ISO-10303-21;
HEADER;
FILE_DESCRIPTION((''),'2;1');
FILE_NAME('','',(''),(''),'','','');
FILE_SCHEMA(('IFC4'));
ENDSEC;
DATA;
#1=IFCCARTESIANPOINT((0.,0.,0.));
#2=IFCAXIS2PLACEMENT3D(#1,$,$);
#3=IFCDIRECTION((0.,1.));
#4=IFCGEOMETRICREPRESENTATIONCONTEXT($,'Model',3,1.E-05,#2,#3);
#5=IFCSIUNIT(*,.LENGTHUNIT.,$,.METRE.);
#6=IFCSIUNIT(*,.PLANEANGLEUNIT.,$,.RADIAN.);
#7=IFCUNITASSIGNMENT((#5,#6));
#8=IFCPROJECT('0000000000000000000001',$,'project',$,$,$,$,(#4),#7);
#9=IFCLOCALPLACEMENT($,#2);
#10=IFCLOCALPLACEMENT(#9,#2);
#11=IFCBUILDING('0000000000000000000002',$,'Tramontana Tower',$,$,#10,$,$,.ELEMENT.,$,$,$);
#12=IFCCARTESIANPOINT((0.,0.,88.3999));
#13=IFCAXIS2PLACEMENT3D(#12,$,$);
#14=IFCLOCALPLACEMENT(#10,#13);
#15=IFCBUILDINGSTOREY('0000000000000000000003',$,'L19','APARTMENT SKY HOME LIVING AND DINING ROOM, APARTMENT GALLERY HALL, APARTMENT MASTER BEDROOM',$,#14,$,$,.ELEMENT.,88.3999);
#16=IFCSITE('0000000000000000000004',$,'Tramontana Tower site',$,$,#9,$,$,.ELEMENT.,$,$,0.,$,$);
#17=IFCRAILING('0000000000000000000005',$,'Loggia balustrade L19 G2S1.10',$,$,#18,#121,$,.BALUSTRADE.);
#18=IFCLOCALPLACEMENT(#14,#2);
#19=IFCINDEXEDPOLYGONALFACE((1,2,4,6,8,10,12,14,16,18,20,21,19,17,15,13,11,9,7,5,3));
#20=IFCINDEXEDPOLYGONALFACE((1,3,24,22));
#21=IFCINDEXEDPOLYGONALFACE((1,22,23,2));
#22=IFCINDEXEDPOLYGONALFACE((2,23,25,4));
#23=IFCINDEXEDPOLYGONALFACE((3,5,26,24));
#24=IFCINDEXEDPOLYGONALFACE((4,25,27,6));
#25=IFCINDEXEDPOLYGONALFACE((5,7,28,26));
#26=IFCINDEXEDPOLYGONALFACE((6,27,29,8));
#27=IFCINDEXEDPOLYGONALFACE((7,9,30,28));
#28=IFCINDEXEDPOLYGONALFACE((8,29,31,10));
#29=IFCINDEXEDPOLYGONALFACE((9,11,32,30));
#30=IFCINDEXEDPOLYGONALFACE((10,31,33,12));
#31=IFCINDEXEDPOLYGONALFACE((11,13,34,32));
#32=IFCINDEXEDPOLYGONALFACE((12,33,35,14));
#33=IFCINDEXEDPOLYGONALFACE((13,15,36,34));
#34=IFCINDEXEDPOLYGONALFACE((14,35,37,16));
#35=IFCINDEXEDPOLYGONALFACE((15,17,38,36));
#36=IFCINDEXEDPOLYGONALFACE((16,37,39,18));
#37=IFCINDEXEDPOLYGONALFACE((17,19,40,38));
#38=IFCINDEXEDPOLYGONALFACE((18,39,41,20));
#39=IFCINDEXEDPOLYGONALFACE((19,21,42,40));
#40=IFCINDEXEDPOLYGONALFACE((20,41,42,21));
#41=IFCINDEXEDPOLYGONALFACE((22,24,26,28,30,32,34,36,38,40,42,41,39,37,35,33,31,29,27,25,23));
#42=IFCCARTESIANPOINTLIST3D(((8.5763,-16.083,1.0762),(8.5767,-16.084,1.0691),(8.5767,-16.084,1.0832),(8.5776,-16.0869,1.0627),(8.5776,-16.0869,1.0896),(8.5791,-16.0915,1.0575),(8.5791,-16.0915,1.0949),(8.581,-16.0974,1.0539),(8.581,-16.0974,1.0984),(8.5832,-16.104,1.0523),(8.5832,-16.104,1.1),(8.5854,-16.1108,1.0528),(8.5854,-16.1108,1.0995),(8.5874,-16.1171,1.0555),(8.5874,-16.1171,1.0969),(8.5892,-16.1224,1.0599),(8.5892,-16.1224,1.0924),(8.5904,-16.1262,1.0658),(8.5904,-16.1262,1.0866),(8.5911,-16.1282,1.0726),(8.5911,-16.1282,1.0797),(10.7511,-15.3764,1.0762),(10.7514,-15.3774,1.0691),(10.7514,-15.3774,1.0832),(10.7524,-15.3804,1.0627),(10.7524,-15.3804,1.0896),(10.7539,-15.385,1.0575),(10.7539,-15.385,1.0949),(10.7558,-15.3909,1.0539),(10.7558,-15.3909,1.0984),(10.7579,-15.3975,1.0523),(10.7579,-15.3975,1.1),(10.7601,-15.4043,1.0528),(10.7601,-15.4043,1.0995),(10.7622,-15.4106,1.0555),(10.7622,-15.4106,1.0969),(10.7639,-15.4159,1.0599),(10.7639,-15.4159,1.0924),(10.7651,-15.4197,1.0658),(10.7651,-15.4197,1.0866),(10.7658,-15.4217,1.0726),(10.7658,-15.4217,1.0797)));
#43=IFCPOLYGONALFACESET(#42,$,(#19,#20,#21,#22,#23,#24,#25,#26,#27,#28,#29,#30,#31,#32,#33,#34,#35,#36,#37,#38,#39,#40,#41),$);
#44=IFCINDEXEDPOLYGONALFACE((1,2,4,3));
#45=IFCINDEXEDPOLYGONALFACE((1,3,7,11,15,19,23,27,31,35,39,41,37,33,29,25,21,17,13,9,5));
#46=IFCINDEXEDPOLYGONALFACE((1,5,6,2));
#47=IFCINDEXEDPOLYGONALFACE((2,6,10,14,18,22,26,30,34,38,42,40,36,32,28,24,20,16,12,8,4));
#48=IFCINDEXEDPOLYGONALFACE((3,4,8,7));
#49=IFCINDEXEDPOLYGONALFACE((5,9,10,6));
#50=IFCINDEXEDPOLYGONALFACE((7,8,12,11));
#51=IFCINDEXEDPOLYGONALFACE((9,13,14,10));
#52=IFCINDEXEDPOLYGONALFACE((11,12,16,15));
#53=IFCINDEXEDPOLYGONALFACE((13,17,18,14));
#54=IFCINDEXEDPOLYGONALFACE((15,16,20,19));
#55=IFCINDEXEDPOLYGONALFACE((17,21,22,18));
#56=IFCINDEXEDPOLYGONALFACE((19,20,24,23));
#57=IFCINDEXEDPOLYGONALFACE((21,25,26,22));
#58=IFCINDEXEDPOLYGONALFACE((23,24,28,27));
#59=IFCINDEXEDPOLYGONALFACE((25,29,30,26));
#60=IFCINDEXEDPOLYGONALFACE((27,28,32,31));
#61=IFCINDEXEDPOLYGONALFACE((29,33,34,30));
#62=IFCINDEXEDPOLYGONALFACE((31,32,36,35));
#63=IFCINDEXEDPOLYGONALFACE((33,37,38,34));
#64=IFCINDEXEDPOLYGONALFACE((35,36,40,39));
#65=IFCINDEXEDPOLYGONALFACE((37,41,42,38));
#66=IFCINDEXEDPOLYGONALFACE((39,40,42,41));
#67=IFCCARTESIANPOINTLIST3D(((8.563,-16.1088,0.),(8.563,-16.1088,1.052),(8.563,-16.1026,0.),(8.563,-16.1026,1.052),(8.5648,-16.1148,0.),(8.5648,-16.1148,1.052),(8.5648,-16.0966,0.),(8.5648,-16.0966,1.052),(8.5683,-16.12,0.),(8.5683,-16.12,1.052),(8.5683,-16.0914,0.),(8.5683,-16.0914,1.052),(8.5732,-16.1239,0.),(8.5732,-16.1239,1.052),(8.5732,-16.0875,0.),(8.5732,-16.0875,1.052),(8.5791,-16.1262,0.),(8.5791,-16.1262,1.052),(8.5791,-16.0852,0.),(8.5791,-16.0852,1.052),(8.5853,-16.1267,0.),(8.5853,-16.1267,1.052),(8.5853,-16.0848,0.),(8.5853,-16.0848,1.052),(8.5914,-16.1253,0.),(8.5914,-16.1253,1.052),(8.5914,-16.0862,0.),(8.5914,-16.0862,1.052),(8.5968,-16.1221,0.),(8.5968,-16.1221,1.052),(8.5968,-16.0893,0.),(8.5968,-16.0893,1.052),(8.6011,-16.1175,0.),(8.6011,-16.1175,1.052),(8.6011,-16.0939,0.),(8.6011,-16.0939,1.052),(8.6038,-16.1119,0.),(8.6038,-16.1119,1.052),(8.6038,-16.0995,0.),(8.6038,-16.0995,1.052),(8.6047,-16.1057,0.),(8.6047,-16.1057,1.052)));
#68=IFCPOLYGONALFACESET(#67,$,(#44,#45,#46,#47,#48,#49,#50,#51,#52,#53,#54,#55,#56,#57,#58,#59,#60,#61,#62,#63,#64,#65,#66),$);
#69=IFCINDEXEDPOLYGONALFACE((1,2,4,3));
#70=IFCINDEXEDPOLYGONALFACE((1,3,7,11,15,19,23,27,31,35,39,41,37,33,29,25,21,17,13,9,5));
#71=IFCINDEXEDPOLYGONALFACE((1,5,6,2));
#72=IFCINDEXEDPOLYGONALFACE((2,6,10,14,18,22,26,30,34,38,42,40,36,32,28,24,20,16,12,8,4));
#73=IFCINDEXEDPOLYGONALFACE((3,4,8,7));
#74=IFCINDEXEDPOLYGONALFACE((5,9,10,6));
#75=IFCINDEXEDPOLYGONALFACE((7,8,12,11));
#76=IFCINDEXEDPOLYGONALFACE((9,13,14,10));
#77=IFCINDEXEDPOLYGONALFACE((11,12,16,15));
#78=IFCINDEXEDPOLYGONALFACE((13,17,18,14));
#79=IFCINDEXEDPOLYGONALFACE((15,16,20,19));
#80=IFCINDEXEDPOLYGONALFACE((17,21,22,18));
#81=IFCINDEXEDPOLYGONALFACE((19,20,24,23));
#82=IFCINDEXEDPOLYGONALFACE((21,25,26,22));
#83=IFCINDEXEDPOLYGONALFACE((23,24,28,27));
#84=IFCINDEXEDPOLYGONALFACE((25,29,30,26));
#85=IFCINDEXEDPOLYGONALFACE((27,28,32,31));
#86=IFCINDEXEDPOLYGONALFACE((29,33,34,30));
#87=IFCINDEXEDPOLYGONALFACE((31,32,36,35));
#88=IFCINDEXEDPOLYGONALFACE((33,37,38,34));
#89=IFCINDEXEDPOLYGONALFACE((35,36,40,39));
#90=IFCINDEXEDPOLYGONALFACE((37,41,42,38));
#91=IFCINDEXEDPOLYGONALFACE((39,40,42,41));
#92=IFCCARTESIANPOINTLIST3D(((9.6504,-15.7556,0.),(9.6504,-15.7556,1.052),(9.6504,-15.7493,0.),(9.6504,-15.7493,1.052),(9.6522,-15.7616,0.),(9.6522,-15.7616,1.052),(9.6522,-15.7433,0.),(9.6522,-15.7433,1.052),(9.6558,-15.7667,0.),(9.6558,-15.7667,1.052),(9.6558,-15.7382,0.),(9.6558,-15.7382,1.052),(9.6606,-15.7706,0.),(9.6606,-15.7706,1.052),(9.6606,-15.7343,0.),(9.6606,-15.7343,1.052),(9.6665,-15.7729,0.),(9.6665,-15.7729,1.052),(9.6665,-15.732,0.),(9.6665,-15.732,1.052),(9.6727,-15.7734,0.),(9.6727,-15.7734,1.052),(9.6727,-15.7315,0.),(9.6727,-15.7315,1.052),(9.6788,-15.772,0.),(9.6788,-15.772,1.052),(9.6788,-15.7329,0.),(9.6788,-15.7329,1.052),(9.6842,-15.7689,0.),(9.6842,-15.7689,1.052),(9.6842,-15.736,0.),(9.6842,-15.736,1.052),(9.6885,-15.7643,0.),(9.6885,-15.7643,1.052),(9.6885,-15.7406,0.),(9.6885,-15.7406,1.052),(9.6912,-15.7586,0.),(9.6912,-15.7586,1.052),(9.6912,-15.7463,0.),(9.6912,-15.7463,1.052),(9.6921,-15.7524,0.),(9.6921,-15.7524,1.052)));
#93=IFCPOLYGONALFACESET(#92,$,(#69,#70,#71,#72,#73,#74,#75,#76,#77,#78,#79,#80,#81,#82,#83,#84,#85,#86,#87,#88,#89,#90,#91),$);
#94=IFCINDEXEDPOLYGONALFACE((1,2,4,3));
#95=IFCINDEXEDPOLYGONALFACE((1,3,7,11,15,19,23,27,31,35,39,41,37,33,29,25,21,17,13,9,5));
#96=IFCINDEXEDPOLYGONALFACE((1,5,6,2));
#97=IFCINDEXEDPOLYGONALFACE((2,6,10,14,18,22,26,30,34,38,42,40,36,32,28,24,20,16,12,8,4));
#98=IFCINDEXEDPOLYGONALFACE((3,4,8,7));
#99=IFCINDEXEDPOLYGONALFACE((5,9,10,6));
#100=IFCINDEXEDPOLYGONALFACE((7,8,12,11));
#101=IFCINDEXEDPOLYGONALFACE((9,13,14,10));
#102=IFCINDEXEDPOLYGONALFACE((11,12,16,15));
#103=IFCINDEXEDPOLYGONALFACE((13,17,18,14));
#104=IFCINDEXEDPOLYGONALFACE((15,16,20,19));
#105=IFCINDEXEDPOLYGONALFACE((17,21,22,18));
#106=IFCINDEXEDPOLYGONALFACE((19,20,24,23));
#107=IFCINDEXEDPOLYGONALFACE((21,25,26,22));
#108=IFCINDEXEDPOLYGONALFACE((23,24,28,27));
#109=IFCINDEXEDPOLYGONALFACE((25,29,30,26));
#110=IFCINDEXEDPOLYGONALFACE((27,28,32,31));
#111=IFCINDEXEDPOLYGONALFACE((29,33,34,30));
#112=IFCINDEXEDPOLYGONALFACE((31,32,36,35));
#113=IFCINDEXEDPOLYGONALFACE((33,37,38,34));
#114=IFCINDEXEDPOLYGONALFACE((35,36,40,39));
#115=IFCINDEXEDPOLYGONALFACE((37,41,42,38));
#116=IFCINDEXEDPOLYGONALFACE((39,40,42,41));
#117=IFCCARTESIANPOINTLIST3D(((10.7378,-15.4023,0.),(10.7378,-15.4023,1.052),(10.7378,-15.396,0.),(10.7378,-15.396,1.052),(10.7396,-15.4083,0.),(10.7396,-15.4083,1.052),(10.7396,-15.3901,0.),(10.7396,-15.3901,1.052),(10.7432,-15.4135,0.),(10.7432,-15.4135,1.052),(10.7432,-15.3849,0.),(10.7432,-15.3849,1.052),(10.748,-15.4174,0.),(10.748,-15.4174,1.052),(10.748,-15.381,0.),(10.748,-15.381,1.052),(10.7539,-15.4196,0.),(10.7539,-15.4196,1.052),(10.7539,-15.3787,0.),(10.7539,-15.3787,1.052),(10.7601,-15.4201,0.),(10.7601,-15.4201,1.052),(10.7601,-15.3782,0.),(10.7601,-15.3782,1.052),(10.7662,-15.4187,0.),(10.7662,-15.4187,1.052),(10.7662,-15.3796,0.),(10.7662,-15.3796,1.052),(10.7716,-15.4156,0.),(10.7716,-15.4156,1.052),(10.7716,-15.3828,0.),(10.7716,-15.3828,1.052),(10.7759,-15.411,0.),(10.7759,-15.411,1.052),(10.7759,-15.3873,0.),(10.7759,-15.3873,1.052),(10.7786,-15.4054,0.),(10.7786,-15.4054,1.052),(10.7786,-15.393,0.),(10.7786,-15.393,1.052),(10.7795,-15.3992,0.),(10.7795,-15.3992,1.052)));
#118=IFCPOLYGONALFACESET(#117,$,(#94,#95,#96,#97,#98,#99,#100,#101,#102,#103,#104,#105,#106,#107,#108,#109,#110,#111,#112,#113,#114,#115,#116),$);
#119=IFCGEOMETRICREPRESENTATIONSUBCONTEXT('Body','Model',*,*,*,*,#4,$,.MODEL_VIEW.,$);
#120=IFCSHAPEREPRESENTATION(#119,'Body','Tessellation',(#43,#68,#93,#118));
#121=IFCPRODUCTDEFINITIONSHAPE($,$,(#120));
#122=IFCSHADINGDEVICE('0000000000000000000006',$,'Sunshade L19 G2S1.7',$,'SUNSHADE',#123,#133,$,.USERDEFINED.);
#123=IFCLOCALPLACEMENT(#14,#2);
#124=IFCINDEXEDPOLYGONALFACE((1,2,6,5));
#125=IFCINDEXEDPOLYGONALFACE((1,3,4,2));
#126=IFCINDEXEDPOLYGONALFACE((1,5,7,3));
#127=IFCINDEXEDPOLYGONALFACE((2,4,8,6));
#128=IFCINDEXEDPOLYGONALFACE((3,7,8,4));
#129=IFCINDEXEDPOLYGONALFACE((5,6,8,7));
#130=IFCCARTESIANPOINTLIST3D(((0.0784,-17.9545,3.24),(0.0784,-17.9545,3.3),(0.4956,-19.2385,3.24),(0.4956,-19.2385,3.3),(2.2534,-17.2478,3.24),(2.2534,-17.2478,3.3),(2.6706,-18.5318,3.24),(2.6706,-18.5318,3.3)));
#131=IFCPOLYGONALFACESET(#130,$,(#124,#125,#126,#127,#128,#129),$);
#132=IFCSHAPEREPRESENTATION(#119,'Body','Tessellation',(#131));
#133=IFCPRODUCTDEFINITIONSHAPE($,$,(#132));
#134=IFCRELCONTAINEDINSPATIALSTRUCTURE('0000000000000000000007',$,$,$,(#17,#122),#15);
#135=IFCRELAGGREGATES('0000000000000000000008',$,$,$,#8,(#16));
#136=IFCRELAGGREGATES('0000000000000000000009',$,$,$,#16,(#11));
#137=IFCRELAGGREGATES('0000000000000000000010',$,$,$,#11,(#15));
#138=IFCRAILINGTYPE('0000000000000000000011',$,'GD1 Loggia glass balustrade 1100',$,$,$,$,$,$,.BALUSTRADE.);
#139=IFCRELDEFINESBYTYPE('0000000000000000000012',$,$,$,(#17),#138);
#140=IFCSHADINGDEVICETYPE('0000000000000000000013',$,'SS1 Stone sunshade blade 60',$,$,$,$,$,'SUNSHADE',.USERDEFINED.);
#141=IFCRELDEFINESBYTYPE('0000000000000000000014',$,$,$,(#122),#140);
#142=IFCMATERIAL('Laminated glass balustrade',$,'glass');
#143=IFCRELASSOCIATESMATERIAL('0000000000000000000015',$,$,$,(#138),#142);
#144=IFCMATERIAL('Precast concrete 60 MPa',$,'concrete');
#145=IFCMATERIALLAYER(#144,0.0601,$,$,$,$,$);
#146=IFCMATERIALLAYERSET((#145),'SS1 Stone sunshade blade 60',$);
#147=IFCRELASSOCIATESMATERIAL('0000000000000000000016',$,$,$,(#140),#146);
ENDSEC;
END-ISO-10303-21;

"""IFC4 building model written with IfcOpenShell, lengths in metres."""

from ifc_helpers import new_model, si_unit, direction, frame, origin, origin_2d, place, context, subcontext, project, spatial, rectangle, circle, extrude, material, layer, layer_set, type_object, element, save


model = new_model("IFC4")

# Units and contexts
model_context = context("Model", 3, precision=1e-05, world=origin(), true_north=direction((0.0, 1.0)))
body_context = subcontext(model_context, "Body", "Model", "MODEL_VIEW")
ifc_project = project(units=[si_unit("LENGTHUNIT", "METRE"), si_unit("PLANEANGLEUNIT", "RADIAN")], contexts=[model_context])

# Site, building, storey
site_placement = place(None, origin())
site = spatial("IfcSite", under=ifc_project, at=site_placement, Name="Tramontana Tower site", CompositionType="ELEMENT", RefElevation=0.0)
building_placement = place(site_placement, origin())
building = spatial("IfcBuilding", under=site, at=building_placement, Name="Tramontana Tower", CompositionType="ELEMENT")
storey_placement = place(building_placement, frame((0.0, 0.0, 88.3999)))
storey = spatial("IfcBuildingStorey", under=building, at=storey_placement, Name="L19", Description="APARTMENT SKY HOME LIVING AND DINING ROOM, APARTMENT GALLERY HALL, APARTMENT MASTER BEDROOM", CompositionType="ELEMENT", Elevation=88.3999)

# Railing
ifc_material_1 = material(Name="Laminated glass balustrade", Category="glass")
railing_type = type_object("IfcRailingType", Name="GD1 Loggia glass balustrade 1100", PredefinedType="BALUSTRADE", material=ifc_material_1)
railing_1_placement = place(storey_placement, frame((8.5837, -16.1057, 0.0)))
element("IfcRailing", 1, at=railing_1_placement, inside=storey, type_object=railing_type, Name="Loggia balustrade L19 G2S1.10", PredefinedType="BALUSTRADE", context=body_context, shape_type="SweptSolid", body=[
    extrude(circle(Radius=0.0239, at=origin_2d()), frame((0.0, 0.0, 1.0762), z_axis=(0.951069, 0.30898, 0.0), x_axis=(-0.30898, 0.951069, 0.0)), (0.0, 0.0, 1.0), 2.2866),
    extrude(circle(Radius=0.021, at=origin_2d()), origin(), (0.0, 0.0, 1.0), 1.052),
    extrude(circle(Radius=0.021, at=origin_2d()), frame((1.0874, 0.3533, 0.0)), (0.0, 0.0, 1.0), 1.052),
    extrude(circle(Radius=0.021, at=origin_2d()), frame((2.1748, 0.7065, 0.0)), (0.0, 0.0, 1.0), 1.052),
])

# Shading device
ifc_material_2 = material(Name="Precast concrete 60 MPa", Category="concrete")
ifc_layer_1 = layer(ifc_material_2, 0.0601)
ifc_layer_set_1 = layer_set([ifc_layer_1], Name="SS1 Stone sunshade blade 60")
shading_device_type = type_object("IfcShadingDeviceType", Name="SS1 Stone sunshade blade 60", ElementType="SUNSHADE", PredefinedType="USERDEFINED", material=ifc_layer_set_1)
shading_device_placement = place(storey_placement, frame((1.3745, -18.2432, 3.24), z_axis=(0.0, 0.0, 1.0), x_axis=(0.951057, 0.309017, 0.0)))
element("IfcShadingDevice", 2, at=shading_device_placement, inside=storey, type_object=shading_device_type, Name="Sunshade L19 G2S1.7", ObjectType="SUNSHADE", PredefinedType="USERDEFINED", context=body_context, shape_type="SweptSolid", body=[
    extrude(rectangle(XDim=2.2869, YDim=1.3501, at=origin_2d()), origin(), (0.0, 0.0, 1.0), 0.0601),
])

save(model, "model.ifc")
